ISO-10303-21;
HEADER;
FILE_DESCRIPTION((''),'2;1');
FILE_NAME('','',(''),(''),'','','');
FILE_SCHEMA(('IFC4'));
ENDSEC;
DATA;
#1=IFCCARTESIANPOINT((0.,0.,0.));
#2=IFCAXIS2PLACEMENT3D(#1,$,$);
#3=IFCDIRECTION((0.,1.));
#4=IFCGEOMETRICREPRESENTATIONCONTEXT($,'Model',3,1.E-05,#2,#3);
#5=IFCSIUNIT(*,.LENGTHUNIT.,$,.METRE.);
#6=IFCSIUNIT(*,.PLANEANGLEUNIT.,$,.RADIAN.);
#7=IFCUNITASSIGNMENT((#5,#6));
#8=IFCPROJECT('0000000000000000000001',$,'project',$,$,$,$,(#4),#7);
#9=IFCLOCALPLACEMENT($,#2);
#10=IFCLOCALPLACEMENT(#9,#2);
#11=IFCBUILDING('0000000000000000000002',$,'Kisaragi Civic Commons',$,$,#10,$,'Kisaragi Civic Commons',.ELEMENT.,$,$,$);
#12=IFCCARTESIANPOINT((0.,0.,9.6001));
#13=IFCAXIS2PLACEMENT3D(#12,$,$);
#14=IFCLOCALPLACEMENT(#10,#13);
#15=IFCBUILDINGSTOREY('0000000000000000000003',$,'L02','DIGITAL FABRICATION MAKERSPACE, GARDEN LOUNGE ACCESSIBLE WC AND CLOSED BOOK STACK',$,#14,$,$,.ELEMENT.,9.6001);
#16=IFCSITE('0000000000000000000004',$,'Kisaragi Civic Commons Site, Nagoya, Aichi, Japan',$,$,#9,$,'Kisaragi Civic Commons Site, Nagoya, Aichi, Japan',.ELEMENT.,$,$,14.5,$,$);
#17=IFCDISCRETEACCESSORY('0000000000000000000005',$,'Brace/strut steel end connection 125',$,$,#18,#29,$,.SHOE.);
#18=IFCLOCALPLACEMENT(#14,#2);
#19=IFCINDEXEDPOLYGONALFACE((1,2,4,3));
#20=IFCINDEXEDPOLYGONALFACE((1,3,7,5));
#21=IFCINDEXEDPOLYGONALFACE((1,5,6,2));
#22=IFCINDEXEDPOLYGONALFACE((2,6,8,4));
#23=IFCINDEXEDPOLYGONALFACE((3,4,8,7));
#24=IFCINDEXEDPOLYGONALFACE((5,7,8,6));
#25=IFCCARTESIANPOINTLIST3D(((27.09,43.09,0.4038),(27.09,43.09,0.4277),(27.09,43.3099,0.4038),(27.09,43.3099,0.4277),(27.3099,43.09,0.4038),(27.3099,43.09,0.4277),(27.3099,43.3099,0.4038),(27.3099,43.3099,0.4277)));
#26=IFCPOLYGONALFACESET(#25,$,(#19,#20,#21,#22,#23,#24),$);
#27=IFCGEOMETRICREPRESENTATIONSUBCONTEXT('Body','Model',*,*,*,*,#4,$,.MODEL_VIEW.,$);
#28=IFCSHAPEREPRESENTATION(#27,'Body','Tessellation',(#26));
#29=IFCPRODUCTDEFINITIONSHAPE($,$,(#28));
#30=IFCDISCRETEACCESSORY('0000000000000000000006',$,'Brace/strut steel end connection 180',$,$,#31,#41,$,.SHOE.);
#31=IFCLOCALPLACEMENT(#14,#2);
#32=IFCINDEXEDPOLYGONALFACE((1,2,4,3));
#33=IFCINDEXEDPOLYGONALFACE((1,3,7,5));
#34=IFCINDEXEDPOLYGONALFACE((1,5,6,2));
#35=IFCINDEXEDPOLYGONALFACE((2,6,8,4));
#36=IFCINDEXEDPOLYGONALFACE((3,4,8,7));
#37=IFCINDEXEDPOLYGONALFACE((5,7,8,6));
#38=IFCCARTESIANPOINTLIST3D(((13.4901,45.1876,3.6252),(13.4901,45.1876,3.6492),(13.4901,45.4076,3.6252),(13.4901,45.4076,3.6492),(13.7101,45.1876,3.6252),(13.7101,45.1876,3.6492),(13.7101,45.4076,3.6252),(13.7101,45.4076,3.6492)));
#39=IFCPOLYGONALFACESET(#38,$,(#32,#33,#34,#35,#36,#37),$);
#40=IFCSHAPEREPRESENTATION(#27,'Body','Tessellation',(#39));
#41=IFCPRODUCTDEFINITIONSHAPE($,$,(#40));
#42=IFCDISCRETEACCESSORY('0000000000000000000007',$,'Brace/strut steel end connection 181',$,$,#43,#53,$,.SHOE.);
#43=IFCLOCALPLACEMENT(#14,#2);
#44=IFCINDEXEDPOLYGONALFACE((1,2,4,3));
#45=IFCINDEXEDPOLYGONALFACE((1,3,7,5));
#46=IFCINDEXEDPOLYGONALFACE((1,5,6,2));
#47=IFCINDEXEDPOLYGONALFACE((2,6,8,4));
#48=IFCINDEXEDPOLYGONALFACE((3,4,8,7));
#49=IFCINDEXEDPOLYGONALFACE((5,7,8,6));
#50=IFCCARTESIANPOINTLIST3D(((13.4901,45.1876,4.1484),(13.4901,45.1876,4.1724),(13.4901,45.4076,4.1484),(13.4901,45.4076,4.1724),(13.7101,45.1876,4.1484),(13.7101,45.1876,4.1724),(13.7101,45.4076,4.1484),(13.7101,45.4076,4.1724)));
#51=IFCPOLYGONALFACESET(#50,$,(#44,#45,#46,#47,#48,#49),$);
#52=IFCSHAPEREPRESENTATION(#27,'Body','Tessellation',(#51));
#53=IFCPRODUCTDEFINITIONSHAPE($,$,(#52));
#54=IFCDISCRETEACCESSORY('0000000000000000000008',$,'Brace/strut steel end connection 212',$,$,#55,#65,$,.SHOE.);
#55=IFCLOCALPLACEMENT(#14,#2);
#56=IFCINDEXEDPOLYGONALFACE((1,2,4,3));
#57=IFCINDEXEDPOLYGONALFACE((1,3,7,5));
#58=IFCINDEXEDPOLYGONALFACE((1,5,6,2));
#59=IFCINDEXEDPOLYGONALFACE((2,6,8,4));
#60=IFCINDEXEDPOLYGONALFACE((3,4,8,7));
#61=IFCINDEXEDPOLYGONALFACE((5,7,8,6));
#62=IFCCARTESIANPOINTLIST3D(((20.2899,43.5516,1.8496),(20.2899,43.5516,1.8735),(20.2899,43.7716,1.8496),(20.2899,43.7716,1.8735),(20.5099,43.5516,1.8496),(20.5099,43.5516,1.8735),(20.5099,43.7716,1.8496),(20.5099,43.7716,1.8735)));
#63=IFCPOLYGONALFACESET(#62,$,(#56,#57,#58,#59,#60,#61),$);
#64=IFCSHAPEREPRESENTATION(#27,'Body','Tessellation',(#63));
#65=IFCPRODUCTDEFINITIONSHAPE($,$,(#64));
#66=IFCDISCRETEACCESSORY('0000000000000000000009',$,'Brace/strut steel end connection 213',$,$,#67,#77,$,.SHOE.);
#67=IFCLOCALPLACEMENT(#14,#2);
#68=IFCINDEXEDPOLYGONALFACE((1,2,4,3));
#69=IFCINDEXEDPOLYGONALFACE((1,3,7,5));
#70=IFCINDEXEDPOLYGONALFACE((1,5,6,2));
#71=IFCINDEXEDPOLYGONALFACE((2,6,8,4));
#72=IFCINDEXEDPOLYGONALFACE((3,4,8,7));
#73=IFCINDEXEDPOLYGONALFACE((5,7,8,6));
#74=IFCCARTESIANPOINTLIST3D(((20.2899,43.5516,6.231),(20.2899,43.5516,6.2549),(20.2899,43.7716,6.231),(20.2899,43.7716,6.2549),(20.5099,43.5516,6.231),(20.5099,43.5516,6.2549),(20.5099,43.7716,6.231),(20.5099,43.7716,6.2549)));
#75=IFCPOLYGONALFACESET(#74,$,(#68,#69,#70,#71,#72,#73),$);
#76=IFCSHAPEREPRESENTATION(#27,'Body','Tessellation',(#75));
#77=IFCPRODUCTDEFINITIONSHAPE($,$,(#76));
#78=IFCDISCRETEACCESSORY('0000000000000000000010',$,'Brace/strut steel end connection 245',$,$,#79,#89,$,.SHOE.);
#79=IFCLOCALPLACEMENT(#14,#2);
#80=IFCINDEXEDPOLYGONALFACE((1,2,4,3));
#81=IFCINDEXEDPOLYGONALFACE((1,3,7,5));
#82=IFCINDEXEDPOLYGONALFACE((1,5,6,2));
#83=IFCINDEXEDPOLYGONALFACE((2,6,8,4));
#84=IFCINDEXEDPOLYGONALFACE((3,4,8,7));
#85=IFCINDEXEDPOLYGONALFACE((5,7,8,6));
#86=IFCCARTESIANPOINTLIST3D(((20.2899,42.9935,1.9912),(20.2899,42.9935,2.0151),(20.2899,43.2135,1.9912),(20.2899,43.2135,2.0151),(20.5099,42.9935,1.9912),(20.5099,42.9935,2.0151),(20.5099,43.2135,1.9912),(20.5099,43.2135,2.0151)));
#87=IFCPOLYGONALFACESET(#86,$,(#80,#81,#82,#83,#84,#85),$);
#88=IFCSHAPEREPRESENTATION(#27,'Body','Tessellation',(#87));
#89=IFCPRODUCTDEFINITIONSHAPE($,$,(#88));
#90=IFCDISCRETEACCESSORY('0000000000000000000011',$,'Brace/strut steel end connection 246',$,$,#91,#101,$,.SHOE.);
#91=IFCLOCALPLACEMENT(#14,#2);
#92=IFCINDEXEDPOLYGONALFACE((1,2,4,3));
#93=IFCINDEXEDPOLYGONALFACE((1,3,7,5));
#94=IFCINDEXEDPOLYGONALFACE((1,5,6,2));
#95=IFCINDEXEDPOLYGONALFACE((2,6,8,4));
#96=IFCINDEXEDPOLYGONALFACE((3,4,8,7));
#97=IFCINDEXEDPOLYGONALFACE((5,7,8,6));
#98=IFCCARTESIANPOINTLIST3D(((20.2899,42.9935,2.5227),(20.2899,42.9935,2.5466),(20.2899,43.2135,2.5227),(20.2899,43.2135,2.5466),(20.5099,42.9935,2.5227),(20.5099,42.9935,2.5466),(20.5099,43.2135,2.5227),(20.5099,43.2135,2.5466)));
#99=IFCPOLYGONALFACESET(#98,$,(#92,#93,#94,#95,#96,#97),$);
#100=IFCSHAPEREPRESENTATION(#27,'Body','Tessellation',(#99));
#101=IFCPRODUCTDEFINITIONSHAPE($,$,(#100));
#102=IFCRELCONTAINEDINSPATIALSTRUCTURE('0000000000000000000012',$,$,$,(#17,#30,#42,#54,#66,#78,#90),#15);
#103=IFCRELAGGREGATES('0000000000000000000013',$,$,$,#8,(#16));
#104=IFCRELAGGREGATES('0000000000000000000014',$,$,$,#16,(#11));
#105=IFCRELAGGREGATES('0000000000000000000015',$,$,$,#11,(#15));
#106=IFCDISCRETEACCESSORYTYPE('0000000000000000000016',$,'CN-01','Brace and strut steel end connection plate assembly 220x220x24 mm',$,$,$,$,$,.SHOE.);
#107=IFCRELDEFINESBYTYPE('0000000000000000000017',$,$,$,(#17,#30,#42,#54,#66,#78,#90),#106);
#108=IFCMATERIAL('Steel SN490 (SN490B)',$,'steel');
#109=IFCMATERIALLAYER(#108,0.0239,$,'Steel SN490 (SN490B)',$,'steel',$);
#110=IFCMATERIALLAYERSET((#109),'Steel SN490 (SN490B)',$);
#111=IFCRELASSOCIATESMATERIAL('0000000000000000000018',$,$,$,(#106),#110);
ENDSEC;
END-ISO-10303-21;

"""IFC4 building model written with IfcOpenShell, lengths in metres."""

from ifc_helpers import new_model, si_unit, direction, frame, origin, origin_2d, place, context, subcontext, project, spatial, rectangle, extrude, material, layer, layer_set, type_object, element, save


model = new_model("IFC4")

# Units and contexts
model_context = context("Model", 3, precision=1e-05, world=origin(), true_north=direction((0.0, 1.0)))
body_context = subcontext(model_context, "Body", "Model", "MODEL_VIEW")
ifc_project = project(units=[si_unit("LENGTHUNIT", "METRE"), si_unit("PLANEANGLEUNIT", "RADIAN")], contexts=[model_context])

# Site, building, storey
site_placement = place(None, origin())
site = spatial("IfcSite", under=ifc_project, at=site_placement, Name="Kisaragi Civic Commons Site, Nagoya, Aichi, Japan", LongName="Kisaragi Civic Commons Site, Nagoya, Aichi, Japan", CompositionType="ELEMENT", RefElevation=14.5)
building_placement = place(site_placement, origin())
building = spatial("IfcBuilding", under=site, at=building_placement, Name="Kisaragi Civic Commons", LongName="Kisaragi Civic Commons", CompositionType="ELEMENT")
storey_placement = place(building_placement, frame((0.0, 0.0, 9.6001)))
storey = spatial("IfcBuildingStorey", under=building, at=storey_placement, Name="L02", Description="DIGITAL FABRICATION MAKERSPACE, GARDEN LOUNGE ACCESSIBLE WC AND CLOSED BOOK STACK", CompositionType="ELEMENT", Elevation=9.6001)

# Shared definitions
ifc_material_1 = material(Name="Steel SN490 (SN490B)", Category="steel")

# Discrete accessories
ifc_layer_1 = layer(ifc_material_1, 0.0239, Name="Steel SN490 (SN490B)", Category="steel")
ifc_layer_set_1 = layer_set([ifc_layer_1], Name="Steel SN490 (SN490B)")
discrete_accessory_type = type_object("IfcDiscreteAccessoryType", Name="CN-01", Description="Brace and strut steel end connection plate assembly 220x220x24 mm", PredefinedType="SHOE", material=ifc_layer_set_1)
for number, where, z_axis, x_axis, name in (
    (1, (27.2, 43.2, 0.4038), (0.0, 0.0, 1.0), (1.0, 0.0, 0.0), "Brace/strut steel end connection 125"),
    (2, (13.6001, 45.2976, 3.6252), (0.0, 0.0, 1.0), (1.0, 0.0, 0.0), "Brace/strut steel end connection 180"),
    (3, (13.6001, 45.2976, 4.1484), (0.0, 0.0, 1.0), (1.0, 0.0, 0.0), "Brace/strut steel end connection 181"),
    (4, (20.3999, 43.6616, 1.8496), (0.0, 0.0, 1.0), (1.0, 0.0, 0.0), "Brace/strut steel end connection 212"),
    (5, (20.3999, 43.6616, 6.231), (0.0, 0.0, 1.0), (1.0, 0.0, 0.0), "Brace/strut steel end connection 213"),
    (6, (20.3999, 43.1035, 1.9912), (0.0, 0.0, 1.0), (1.0, 0.0, 0.0), "Brace/strut steel end connection 245"),
    (7, (20.3999, 43.1035, 2.5227), (0.0, 0.0, 1.0), (1.0, 0.0, 0.0), "Brace/strut steel end connection 246"),
):
    element("IfcDiscreteAccessory", number, at=place(storey_placement, frame(where, z_axis=z_axis, x_axis=x_axis)), inside=storey, type_object=discrete_accessory_type, Name=name, PredefinedType="SHOE", context=body_context, shape_type="SweptSolid", body=[
        extrude(rectangle(XDim=0.22, YDim=0.22, at=origin_2d()), origin(), (0.0, 0.0, 1.0), 0.0239),
    ])

save(model, "model.ifc")
